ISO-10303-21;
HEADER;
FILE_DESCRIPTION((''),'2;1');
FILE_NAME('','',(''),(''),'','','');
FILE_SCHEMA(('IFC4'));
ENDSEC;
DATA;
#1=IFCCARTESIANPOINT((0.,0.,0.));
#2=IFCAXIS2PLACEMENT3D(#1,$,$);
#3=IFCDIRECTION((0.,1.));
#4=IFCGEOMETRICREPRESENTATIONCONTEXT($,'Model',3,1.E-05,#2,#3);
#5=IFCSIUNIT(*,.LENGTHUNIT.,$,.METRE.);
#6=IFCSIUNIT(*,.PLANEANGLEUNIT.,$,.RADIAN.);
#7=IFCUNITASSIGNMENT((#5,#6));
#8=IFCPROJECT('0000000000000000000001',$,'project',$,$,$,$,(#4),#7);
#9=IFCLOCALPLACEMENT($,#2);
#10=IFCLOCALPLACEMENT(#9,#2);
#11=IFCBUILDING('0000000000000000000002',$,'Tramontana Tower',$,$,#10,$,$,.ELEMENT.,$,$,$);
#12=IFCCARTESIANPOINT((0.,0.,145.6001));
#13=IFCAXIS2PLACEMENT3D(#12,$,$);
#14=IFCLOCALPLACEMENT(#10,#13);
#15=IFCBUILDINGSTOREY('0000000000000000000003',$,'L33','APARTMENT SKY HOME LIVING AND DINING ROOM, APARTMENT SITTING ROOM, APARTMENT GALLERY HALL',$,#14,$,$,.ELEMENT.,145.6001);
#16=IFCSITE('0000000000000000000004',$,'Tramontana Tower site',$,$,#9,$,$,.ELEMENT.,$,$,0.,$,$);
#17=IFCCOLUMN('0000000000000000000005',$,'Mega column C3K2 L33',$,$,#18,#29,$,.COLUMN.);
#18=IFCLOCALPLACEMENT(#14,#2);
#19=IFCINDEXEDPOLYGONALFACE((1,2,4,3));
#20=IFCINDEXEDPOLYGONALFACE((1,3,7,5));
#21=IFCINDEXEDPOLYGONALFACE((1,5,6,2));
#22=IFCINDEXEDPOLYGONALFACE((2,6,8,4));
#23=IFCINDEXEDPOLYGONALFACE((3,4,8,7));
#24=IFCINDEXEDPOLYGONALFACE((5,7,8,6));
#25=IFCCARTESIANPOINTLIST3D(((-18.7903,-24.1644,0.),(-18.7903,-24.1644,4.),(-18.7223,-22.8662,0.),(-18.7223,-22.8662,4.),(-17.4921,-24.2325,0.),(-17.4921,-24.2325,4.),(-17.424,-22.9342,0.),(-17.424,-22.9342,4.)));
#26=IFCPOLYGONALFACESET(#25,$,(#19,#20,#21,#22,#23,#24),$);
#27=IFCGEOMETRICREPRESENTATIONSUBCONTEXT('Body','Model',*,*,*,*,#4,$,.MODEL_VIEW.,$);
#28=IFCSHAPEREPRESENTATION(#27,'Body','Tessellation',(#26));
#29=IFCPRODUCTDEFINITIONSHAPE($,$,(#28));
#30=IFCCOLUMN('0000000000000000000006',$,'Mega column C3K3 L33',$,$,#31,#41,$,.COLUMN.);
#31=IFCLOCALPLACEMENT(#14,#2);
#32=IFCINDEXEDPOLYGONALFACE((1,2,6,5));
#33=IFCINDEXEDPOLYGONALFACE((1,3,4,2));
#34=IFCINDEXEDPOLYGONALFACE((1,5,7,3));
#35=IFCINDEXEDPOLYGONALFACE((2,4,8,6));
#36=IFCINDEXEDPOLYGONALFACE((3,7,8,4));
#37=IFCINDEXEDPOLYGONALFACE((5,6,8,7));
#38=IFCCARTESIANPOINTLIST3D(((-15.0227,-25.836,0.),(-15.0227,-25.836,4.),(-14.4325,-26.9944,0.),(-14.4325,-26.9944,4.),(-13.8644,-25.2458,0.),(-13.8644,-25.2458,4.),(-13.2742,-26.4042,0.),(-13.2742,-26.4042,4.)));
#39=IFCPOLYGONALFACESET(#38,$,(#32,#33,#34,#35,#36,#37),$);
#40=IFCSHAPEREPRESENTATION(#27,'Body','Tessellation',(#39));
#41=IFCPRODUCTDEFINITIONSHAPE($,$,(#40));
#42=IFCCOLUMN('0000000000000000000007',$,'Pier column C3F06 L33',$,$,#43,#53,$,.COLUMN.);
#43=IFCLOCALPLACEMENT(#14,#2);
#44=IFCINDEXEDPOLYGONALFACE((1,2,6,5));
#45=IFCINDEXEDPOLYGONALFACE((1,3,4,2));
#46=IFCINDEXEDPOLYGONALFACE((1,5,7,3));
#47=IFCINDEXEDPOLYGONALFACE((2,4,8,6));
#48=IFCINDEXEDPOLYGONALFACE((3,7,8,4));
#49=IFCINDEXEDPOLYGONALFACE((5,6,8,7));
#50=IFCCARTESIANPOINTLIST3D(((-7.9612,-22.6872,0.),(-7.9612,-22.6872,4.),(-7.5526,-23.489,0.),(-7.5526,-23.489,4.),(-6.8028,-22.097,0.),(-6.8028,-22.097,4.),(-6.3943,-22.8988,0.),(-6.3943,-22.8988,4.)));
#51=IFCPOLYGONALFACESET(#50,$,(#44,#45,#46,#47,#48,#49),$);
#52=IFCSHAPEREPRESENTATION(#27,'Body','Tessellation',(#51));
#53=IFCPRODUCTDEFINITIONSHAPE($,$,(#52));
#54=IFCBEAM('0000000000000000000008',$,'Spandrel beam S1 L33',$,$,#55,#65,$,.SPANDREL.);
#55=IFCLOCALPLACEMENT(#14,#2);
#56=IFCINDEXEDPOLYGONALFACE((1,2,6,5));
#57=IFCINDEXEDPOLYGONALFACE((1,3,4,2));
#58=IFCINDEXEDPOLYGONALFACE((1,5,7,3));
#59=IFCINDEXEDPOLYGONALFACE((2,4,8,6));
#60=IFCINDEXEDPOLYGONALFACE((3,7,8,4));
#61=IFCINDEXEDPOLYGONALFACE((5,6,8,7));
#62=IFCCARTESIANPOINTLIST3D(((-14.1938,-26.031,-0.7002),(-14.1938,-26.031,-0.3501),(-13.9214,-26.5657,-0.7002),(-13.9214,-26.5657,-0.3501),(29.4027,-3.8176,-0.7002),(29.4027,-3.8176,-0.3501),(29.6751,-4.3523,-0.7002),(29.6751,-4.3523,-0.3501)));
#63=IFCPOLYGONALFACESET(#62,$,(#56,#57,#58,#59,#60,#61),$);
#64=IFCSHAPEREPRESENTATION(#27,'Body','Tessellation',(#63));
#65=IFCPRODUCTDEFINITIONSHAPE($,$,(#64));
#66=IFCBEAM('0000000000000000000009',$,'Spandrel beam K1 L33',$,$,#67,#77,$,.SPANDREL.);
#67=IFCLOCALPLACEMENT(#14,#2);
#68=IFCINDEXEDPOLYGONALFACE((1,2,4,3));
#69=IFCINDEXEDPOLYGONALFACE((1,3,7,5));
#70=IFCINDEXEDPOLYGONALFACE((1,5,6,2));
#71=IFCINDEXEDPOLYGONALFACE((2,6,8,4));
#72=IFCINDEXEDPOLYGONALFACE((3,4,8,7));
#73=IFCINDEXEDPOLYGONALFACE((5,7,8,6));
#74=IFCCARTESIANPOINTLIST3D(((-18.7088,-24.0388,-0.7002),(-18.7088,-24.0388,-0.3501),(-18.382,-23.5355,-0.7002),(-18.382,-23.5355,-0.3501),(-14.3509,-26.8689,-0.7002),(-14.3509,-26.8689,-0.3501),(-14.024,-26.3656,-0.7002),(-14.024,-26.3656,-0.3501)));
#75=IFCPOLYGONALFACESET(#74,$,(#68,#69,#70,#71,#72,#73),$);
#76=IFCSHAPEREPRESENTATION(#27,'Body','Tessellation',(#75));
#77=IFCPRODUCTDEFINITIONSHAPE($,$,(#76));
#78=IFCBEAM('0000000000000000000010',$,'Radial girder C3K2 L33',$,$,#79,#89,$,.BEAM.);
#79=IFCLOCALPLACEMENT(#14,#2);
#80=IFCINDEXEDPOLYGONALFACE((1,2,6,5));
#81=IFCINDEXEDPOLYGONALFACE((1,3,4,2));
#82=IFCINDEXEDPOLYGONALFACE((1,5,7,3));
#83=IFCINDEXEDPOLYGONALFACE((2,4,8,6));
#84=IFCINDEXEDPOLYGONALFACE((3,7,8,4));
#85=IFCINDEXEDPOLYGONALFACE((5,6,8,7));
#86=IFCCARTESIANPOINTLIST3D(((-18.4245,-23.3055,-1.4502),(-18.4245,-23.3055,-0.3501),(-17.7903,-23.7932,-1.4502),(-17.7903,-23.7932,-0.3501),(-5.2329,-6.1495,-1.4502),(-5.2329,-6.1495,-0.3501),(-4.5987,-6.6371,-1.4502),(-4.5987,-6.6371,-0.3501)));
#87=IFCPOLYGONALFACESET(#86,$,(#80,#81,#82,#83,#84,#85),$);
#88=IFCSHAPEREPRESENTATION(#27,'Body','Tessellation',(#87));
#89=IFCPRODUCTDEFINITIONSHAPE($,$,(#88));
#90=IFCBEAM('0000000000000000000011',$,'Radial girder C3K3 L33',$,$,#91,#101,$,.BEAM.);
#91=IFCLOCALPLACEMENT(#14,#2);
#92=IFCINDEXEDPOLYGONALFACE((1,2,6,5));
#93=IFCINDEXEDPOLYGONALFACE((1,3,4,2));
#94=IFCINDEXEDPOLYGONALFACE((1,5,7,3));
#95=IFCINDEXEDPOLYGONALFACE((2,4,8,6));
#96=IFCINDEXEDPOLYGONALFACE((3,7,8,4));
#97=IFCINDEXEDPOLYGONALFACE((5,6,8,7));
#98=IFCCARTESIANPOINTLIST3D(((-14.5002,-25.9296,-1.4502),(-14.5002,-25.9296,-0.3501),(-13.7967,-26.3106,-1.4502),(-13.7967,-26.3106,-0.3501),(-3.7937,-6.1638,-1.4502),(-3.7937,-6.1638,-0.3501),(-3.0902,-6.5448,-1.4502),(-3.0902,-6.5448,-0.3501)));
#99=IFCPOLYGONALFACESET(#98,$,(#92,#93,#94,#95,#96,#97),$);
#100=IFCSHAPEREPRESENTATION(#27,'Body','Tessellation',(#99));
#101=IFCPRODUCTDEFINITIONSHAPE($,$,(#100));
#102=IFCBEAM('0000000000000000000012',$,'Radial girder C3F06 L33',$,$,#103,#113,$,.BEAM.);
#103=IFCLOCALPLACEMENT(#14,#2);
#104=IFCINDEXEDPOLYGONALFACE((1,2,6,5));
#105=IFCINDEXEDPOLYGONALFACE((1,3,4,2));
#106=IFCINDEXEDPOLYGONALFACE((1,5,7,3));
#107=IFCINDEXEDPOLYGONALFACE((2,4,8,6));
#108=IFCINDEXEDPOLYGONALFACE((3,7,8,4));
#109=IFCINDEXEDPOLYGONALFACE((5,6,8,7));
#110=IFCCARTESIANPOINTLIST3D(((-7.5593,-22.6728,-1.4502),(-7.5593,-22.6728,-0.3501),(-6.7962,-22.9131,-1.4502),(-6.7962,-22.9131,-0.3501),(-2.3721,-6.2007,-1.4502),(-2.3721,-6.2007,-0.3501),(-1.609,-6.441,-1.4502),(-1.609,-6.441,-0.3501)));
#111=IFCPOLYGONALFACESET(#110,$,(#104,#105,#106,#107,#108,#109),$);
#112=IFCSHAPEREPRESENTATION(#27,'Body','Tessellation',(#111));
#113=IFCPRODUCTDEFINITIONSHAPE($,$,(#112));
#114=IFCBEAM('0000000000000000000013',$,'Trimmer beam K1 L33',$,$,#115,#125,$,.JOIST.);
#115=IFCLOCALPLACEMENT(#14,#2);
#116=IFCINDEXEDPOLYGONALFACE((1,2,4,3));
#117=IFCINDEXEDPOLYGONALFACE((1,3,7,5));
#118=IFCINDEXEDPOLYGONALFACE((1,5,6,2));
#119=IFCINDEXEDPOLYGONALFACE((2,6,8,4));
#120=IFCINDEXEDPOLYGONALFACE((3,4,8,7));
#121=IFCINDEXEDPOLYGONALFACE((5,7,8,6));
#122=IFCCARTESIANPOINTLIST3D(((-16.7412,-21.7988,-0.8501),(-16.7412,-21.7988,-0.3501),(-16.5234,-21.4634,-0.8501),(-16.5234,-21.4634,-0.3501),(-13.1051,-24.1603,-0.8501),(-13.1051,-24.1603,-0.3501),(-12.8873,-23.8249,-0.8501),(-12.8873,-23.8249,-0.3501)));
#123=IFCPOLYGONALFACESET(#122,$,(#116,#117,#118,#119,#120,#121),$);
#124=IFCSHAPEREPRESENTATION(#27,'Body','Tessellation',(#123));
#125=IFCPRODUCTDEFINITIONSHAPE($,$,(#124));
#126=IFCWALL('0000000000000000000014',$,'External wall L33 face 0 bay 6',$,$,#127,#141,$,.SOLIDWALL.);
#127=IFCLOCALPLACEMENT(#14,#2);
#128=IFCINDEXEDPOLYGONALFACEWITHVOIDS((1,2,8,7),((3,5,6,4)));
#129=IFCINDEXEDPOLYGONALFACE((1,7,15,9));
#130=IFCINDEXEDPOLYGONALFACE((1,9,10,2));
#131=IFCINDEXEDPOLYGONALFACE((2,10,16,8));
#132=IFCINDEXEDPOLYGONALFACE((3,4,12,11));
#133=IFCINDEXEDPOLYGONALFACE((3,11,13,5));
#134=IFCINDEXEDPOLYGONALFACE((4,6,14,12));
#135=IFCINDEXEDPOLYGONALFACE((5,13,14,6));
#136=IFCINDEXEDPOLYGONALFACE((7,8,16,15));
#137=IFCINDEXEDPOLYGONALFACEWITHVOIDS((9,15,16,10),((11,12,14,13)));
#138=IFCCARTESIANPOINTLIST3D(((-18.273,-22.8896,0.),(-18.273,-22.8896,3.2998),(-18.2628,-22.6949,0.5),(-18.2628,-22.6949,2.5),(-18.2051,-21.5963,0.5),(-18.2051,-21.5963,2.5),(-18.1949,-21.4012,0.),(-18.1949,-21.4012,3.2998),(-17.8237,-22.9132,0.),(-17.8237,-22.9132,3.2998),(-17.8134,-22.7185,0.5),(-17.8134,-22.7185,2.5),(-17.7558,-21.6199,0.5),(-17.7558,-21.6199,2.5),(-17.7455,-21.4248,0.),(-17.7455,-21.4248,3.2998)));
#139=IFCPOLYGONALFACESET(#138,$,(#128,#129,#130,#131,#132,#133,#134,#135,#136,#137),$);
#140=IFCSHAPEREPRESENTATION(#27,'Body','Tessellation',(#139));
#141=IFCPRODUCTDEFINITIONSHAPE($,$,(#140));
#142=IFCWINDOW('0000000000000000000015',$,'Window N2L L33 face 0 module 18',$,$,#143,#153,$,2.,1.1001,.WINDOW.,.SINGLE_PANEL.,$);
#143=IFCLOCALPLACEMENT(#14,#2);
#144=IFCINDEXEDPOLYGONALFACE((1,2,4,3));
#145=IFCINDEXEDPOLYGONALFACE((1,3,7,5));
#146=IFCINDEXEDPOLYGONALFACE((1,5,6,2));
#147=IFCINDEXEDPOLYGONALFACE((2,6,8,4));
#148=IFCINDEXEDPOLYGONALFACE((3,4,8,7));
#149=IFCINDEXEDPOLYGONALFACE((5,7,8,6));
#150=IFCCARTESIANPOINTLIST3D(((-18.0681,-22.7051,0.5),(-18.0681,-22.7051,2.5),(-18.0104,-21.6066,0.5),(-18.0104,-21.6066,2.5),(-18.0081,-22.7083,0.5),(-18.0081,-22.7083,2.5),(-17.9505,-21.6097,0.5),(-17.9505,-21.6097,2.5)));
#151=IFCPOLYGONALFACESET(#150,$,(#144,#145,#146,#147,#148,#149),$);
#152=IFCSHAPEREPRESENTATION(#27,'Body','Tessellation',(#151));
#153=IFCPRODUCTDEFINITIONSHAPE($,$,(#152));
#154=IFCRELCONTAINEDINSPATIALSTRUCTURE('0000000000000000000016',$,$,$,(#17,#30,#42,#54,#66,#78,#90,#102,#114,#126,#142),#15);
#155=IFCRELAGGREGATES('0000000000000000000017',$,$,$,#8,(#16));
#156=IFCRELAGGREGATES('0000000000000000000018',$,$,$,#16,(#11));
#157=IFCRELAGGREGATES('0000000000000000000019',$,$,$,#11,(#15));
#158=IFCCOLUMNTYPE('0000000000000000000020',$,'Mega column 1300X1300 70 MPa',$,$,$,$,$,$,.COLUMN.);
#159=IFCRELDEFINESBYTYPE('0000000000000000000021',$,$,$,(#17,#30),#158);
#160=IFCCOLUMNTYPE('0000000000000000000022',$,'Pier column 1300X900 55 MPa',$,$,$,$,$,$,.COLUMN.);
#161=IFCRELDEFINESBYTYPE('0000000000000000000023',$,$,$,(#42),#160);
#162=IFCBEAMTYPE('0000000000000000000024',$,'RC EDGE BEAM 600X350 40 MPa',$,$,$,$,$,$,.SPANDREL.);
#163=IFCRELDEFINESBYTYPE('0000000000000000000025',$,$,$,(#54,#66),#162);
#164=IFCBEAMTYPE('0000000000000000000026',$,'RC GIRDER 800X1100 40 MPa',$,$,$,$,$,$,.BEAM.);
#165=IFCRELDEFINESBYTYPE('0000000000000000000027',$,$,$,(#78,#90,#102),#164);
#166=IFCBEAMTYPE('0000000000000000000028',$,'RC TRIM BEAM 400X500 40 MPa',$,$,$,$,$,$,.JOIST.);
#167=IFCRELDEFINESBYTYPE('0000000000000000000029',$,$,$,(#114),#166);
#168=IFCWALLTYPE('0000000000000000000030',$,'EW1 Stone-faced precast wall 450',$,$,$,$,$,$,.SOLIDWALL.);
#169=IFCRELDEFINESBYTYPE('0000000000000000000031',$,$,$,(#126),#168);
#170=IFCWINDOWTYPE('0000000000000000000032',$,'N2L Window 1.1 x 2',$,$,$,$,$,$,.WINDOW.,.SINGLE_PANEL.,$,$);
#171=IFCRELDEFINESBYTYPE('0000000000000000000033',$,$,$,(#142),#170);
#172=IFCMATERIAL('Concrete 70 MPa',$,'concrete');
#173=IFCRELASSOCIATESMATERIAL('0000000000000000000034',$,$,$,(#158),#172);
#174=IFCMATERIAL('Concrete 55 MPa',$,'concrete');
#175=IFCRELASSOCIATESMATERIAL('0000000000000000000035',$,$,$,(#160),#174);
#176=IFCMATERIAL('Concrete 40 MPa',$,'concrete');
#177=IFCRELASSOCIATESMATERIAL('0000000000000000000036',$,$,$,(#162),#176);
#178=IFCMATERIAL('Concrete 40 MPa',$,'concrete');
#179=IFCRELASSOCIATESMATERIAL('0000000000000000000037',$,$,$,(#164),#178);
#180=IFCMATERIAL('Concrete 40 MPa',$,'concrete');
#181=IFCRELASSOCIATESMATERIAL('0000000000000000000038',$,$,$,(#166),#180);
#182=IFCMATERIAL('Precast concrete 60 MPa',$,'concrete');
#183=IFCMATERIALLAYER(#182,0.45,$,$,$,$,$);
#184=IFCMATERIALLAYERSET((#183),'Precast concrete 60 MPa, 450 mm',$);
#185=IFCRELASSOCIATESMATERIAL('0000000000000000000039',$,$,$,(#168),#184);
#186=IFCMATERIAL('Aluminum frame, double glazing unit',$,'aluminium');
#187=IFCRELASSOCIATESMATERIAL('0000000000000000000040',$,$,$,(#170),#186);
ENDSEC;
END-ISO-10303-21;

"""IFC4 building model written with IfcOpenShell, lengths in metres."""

from ifc_helpers import new_model, si_unit, direction, frame, frame_2d, origin, origin_2d, place, context, subcontext, project, spatial, rectangle, extrude, material, layer, layer_set, material_profile, profile_set, type_object, element, fill, save


model = new_model("IFC4")

# Units and contexts
model_context = context("Model", 3, precision=1e-05, world=origin(), true_north=direction((0.0, 1.0)))
body_context = subcontext(model_context, "Body", "Model", "MODEL_VIEW")
ifc_project = project(units=[si_unit("LENGTHUNIT", "METRE"), si_unit("PLANEANGLEUNIT", "RADIAN")], contexts=[model_context])

# Site, building, storey
site_placement = place(None, origin())
site = spatial("IfcSite", under=ifc_project, at=site_placement, Name="Tramontana Tower site", CompositionType="ELEMENT", RefElevation=0.0)
building_placement = place(site_placement, origin())
building = spatial("IfcBuilding", under=site, at=building_placement, Name="Tramontana Tower", CompositionType="ELEMENT")
storey_placement = place(building_placement, frame((0.0, 0.0, 145.6001)))
storey = spatial("IfcBuildingStorey", under=building, at=storey_placement, Name="L33", Description="APARTMENT SKY HOME LIVING AND DINING ROOM, APARTMENT SITTING ROOM, APARTMENT GALLERY HALL", CompositionType="ELEMENT", Elevation=145.6001)

# Columns
ifc_material_1 = material(Name="Concrete 70 MPa", Category="concrete")
ifc_material_profile_1 = material_profile(ifc_material_1, rectangle(XDim=1.3, YDim=1.3, at=origin_2d()), Name="Mega column 1300X1300 70 MPa")
ifc_profile_set_1 = profile_set([ifc_material_profile_1], Name="Concrete 70 MPa")
column_type_1 = type_object("IfcColumnType", Name="Mega column 1300X1300 70 MPa", PredefinedType="COLUMN", material=ifc_profile_set_1)
for number, where, z_axis, x_axis, name in (
    (1, (-18.1072, -23.5493, 0.0), (0.0, 0.0, 1.0), (-0.052336, -0.99863, 0.0), "Mega column C3K2 L33"),
    (2, (-14.1484, -26.1201, 0.0), (0.0, 0.0, 1.0), (0.891007, 0.45399, 0.0), "Mega column C3K3 L33"),
):
    element("IfcColumn", number, at=place(storey_placement, frame(where, z_axis=z_axis, x_axis=x_axis)), inside=storey, type_object=column_type_1, Name=name, PredefinedType="COLUMN", context=body_context, shape_type="SweptSolid", body=[
        extrude(rectangle(XDim=1.3, YDim=1.3, at=origin_2d()), origin(), (0.0, 0.0, 1.0), 4.0),
    ])
ifc_material_2 = material(Name="Concrete 55 MPa", Category="concrete")
ifc_material_profile_2 = material_profile(ifc_material_2, rectangle(XDim=1.3, YDim=0.8999, at=origin_2d()), Name="Pier column 1300X900 55 MPa")
ifc_profile_set_2 = profile_set([ifc_material_profile_2], Name="Concrete 55 MPa")
column_type_2 = type_object("IfcColumnType", Name="Pier column 1300X900 55 MPa", PredefinedType="COLUMN", material=ifc_profile_set_2)
column_placement = place(storey_placement, frame((-7.1777, -22.793, 0.0), z_axis=(0.0, 0.0, 1.0), x_axis=(0.891007, 0.45399, 0.0)))
element("IfcColumn", 3, at=column_placement, inside=storey, type_object=column_type_2, Name="Pier column C3F06 L33", PredefinedType="COLUMN", context=body_context, shape_type="SweptSolid", body=[
    extrude(rectangle(XDim=1.3, YDim=0.8999, at=origin_2d()), origin(), (0.0, 0.0, 1.0), 4.0),
])

# Beams
ifc_material_3 = material(Name="Concrete 40 MPa", Category="concrete")
ifc_material_profile_3 = material_profile(ifc_material_3, rectangle(XDim=0.6001, YDim=0.3501, at=origin_2d()), Name="RC EDGE BEAM 600X350 40 MPa")
ifc_profile_set_3 = profile_set([ifc_material_profile_3], Name="Concrete 40 MPa")
beam_type_1 = type_object("IfcBeamType", Name="RC EDGE BEAM 600X350 40 MPa", PredefinedType="SPANDREL", material=ifc_profile_set_3)
beam_1_placement = place(storey_placement, frame((-14.0576, -26.2983, -0.5251), z_axis=(0.891007, 0.453989, 0.0), x_axis=(-0.453989, 0.891007, 0.0)))
element("IfcBeam", 4, at=beam_1_placement, inside=storey, type_object=beam_type_1, Name="Spandrel beam S1 L33", PredefinedType="SPANDREL", context=body_context, shape_type="SweptSolid", body=[
    extrude(rectangle(XDim=0.6001, YDim=0.3501, at=origin_2d()), origin(), (0.0, 0.0, 1.0), 48.9294),
])
beam_2_placement = place(storey_placement, frame((-18.5454, -23.7871, -0.5251), z_axis=(0.838669, -0.544641, 0.0), x_axis=(0.544641, 0.838669, 0.0)))
element("IfcBeam", 5, at=beam_2_placement, inside=storey, type_object=beam_type_1, Name="Spandrel beam K1 L33", PredefinedType="SPANDREL", context=body_context, shape_type="SweptSolid", body=[
    extrude(rectangle(XDim=0.6001, YDim=0.3501, at=origin_2d()), origin(), (0.0, 0.0, 1.0), 5.1963),
])
ifc_material_4 = material(Name="Concrete 40 MPa", Category="concrete")
ifc_material_profile_4 = material_profile(ifc_material_4, rectangle(XDim=0.8, YDim=1.1001, at=origin_2d()), Name="RC GIRDER 800X1100 40 MPa")
ifc_profile_set_4 = profile_set([ifc_material_profile_4], Name="Concrete 40 MPa")
beam_type_2 = type_object("IfcBeamType", Name="RC GIRDER 800X1100 40 MPa", PredefinedType="BEAM", material=ifc_profile_set_4)
beam_3_placement = place(storey_placement, frame((-18.1074, -23.5493, -0.9001), z_axis=(0.609558, 0.792742, 0.0), x_axis=(-0.792742, 0.609558, 0.0)))
element("IfcBeam", 6, at=beam_3_placement, inside=storey, type_object=beam_type_2, Name="Radial girder C3K2 L33", PredefinedType="BEAM", context=body_context, shape_type="SweptSolid", body=[
    extrude(rectangle(XDim=0.8, YDim=1.1001, at=origin_2d()), origin(), (0.0, 0.0, 1.0), 21.6414),
])
beam_4_placement = place(storey_placement, frame((-14.1484, -26.1201, -0.9001), z_axis=(0.476284, 0.879291, 0.0), x_axis=(-0.879291, 0.476284, 0.0)))
element("IfcBeam", 7, at=beam_4_placement, inside=storey, type_object=beam_type_2, Name="Radial girder C3K3 L33", PredefinedType="BEAM", context=body_context, shape_type="SweptSolid", body=[
    extrude(rectangle(XDim=0.8, YDim=1.1001, at=origin_2d()), origin(), (0.0, 0.0, 1.0), 22.4792),
])
beam_5_placement = place(storey_placement, frame((-7.1777, -22.793, -0.9001), z_axis=(0.300369, 0.953823, 0.0), x_axis=(-0.953823, 0.300369, 0.0)))
element("IfcBeam", 8, at=beam_5_placement, inside=storey, type_object=beam_type_2, Name="Radial girder C3F06 L33", PredefinedType="BEAM", context=body_context, shape_type="SweptSolid", body=[
    extrude(rectangle(XDim=0.8, YDim=1.1001, at=origin_2d()), origin(), (0.0, 0.0, 1.0), 17.2695),
])
ifc_material_5 = material(Name="Concrete 40 MPa", Category="concrete")
ifc_material_profile_5 = material_profile(ifc_material_5, rectangle(XDim=0.3999, YDim=0.5, at=origin_2d()), Name="RC TRIM BEAM 400X500 40 MPa")
ifc_profile_set_5 = profile_set([ifc_material_profile_5], Name="Concrete 40 MPa")
beam_type_3 = type_object("IfcBeamType", Name="RC TRIM BEAM 400X500 40 MPa", PredefinedType="JOIST", material=ifc_profile_set_5)
beam_6_placement = place(storey_placement, frame((-16.6323, -21.6311, -0.6001), z_axis=(0.838652, -0.544668, 0.0), x_axis=(0.544668, 0.838652, 0.0)))
element("IfcBeam", 9, at=beam_6_placement, inside=storey, type_object=beam_type_3, Name="Trimmer beam K1 L33", PredefinedType="JOIST", context=body_context, shape_type="SweptSolid", body=[
    extrude(rectangle(XDim=0.3999, YDim=0.5, at=origin_2d()), origin(), (0.0, 0.0, 1.0), 4.3357),
])

# Wall, opening, window
ifc_material_6 = material(Name="Precast concrete 60 MPa", Category="concrete")
ifc_layer_1 = layer(ifc_material_6, 0.45)
ifc_layer_set_1 = layer_set([ifc_layer_1], Name="Precast concrete 60 MPa, 450 mm")
wall_type_1 = type_object("IfcWallType", Name="EW1 Stone-faced precast wall 450", PredefinedType="SOLIDWALL", material=ifc_layer_set_1)
wall_1_placement = place(storey_placement, frame((-17.9702, -21.4131, 0.0), z_axis=(0.0, 0.0, 1.0), x_axis=(-0.052413, -0.998626, 0.0)))
wall_1 = element("IfcWall", 10, at=wall_1_placement, inside=storey, type_object=wall_type_1, Name="External wall L33 face 0 bay 6", PredefinedType="SOLIDWALL", context=body_context, shape_type="SweptSolid", body=[
    extrude(rectangle(XDim=1.4905, YDim=0.45, at=frame_2d((0.7451, 0.0))), origin(), (0.0, 0.0, 1.0), 3.2998),
])
opening_1_placement = place(wall_1_placement, frame((0.1953, 0.0, 0.5)))
opening_1 = element("IfcOpeningElement", 11, at=opening_1_placement, cuts=wall_1, PredefinedType="OPENING", context=body_context, shape_type="SweptSolid", body=[
    extrude(rectangle(XDim=1.1001, YDim=2.0, at=frame_2d((0.55, 1.0))), frame((0.0, 0.2349, 0.0), z_axis=(0.0, -1.0, 0.0), x_axis=(1.0, 0.0, 0.0)), (0.0, 0.0, 1.0), 0.47),
])
ifc_material_7 = material(Name="Aluminum frame, double glazing unit", Category="aluminium")
window_type_1 = type_object("IfcWindowType", Name="N2L Window 1.1 x 2", PartitioningType="SINGLE_PANEL", PredefinedType="WINDOW", material=ifc_material_7)
window_1_placement = place(opening_1_placement, origin())
window_1 = element("IfcWindow", 12, at=window_1_placement, inside=storey, type_object=window_type_1, Name="Window N2L L33 face 0 module 18", OverallHeight=2.0, OverallWidth=1.1001, PartitioningType="SINGLE_PANEL", PredefinedType="WINDOW", context=body_context, shape_type="SweptSolid", body=[
    extrude(rectangle(XDim=1.1001, YDim=2.0, at=frame_2d((0.55, 1.0))), frame((0.0, 0.03, 0.0), z_axis=(0.0, -1.0, 0.0), x_axis=(1.0, 0.0, 0.0)), (0.0, 0.0, 1.0), 0.0601),
])
fill(opening_1, window_1)

save(model, "model.ifc")
